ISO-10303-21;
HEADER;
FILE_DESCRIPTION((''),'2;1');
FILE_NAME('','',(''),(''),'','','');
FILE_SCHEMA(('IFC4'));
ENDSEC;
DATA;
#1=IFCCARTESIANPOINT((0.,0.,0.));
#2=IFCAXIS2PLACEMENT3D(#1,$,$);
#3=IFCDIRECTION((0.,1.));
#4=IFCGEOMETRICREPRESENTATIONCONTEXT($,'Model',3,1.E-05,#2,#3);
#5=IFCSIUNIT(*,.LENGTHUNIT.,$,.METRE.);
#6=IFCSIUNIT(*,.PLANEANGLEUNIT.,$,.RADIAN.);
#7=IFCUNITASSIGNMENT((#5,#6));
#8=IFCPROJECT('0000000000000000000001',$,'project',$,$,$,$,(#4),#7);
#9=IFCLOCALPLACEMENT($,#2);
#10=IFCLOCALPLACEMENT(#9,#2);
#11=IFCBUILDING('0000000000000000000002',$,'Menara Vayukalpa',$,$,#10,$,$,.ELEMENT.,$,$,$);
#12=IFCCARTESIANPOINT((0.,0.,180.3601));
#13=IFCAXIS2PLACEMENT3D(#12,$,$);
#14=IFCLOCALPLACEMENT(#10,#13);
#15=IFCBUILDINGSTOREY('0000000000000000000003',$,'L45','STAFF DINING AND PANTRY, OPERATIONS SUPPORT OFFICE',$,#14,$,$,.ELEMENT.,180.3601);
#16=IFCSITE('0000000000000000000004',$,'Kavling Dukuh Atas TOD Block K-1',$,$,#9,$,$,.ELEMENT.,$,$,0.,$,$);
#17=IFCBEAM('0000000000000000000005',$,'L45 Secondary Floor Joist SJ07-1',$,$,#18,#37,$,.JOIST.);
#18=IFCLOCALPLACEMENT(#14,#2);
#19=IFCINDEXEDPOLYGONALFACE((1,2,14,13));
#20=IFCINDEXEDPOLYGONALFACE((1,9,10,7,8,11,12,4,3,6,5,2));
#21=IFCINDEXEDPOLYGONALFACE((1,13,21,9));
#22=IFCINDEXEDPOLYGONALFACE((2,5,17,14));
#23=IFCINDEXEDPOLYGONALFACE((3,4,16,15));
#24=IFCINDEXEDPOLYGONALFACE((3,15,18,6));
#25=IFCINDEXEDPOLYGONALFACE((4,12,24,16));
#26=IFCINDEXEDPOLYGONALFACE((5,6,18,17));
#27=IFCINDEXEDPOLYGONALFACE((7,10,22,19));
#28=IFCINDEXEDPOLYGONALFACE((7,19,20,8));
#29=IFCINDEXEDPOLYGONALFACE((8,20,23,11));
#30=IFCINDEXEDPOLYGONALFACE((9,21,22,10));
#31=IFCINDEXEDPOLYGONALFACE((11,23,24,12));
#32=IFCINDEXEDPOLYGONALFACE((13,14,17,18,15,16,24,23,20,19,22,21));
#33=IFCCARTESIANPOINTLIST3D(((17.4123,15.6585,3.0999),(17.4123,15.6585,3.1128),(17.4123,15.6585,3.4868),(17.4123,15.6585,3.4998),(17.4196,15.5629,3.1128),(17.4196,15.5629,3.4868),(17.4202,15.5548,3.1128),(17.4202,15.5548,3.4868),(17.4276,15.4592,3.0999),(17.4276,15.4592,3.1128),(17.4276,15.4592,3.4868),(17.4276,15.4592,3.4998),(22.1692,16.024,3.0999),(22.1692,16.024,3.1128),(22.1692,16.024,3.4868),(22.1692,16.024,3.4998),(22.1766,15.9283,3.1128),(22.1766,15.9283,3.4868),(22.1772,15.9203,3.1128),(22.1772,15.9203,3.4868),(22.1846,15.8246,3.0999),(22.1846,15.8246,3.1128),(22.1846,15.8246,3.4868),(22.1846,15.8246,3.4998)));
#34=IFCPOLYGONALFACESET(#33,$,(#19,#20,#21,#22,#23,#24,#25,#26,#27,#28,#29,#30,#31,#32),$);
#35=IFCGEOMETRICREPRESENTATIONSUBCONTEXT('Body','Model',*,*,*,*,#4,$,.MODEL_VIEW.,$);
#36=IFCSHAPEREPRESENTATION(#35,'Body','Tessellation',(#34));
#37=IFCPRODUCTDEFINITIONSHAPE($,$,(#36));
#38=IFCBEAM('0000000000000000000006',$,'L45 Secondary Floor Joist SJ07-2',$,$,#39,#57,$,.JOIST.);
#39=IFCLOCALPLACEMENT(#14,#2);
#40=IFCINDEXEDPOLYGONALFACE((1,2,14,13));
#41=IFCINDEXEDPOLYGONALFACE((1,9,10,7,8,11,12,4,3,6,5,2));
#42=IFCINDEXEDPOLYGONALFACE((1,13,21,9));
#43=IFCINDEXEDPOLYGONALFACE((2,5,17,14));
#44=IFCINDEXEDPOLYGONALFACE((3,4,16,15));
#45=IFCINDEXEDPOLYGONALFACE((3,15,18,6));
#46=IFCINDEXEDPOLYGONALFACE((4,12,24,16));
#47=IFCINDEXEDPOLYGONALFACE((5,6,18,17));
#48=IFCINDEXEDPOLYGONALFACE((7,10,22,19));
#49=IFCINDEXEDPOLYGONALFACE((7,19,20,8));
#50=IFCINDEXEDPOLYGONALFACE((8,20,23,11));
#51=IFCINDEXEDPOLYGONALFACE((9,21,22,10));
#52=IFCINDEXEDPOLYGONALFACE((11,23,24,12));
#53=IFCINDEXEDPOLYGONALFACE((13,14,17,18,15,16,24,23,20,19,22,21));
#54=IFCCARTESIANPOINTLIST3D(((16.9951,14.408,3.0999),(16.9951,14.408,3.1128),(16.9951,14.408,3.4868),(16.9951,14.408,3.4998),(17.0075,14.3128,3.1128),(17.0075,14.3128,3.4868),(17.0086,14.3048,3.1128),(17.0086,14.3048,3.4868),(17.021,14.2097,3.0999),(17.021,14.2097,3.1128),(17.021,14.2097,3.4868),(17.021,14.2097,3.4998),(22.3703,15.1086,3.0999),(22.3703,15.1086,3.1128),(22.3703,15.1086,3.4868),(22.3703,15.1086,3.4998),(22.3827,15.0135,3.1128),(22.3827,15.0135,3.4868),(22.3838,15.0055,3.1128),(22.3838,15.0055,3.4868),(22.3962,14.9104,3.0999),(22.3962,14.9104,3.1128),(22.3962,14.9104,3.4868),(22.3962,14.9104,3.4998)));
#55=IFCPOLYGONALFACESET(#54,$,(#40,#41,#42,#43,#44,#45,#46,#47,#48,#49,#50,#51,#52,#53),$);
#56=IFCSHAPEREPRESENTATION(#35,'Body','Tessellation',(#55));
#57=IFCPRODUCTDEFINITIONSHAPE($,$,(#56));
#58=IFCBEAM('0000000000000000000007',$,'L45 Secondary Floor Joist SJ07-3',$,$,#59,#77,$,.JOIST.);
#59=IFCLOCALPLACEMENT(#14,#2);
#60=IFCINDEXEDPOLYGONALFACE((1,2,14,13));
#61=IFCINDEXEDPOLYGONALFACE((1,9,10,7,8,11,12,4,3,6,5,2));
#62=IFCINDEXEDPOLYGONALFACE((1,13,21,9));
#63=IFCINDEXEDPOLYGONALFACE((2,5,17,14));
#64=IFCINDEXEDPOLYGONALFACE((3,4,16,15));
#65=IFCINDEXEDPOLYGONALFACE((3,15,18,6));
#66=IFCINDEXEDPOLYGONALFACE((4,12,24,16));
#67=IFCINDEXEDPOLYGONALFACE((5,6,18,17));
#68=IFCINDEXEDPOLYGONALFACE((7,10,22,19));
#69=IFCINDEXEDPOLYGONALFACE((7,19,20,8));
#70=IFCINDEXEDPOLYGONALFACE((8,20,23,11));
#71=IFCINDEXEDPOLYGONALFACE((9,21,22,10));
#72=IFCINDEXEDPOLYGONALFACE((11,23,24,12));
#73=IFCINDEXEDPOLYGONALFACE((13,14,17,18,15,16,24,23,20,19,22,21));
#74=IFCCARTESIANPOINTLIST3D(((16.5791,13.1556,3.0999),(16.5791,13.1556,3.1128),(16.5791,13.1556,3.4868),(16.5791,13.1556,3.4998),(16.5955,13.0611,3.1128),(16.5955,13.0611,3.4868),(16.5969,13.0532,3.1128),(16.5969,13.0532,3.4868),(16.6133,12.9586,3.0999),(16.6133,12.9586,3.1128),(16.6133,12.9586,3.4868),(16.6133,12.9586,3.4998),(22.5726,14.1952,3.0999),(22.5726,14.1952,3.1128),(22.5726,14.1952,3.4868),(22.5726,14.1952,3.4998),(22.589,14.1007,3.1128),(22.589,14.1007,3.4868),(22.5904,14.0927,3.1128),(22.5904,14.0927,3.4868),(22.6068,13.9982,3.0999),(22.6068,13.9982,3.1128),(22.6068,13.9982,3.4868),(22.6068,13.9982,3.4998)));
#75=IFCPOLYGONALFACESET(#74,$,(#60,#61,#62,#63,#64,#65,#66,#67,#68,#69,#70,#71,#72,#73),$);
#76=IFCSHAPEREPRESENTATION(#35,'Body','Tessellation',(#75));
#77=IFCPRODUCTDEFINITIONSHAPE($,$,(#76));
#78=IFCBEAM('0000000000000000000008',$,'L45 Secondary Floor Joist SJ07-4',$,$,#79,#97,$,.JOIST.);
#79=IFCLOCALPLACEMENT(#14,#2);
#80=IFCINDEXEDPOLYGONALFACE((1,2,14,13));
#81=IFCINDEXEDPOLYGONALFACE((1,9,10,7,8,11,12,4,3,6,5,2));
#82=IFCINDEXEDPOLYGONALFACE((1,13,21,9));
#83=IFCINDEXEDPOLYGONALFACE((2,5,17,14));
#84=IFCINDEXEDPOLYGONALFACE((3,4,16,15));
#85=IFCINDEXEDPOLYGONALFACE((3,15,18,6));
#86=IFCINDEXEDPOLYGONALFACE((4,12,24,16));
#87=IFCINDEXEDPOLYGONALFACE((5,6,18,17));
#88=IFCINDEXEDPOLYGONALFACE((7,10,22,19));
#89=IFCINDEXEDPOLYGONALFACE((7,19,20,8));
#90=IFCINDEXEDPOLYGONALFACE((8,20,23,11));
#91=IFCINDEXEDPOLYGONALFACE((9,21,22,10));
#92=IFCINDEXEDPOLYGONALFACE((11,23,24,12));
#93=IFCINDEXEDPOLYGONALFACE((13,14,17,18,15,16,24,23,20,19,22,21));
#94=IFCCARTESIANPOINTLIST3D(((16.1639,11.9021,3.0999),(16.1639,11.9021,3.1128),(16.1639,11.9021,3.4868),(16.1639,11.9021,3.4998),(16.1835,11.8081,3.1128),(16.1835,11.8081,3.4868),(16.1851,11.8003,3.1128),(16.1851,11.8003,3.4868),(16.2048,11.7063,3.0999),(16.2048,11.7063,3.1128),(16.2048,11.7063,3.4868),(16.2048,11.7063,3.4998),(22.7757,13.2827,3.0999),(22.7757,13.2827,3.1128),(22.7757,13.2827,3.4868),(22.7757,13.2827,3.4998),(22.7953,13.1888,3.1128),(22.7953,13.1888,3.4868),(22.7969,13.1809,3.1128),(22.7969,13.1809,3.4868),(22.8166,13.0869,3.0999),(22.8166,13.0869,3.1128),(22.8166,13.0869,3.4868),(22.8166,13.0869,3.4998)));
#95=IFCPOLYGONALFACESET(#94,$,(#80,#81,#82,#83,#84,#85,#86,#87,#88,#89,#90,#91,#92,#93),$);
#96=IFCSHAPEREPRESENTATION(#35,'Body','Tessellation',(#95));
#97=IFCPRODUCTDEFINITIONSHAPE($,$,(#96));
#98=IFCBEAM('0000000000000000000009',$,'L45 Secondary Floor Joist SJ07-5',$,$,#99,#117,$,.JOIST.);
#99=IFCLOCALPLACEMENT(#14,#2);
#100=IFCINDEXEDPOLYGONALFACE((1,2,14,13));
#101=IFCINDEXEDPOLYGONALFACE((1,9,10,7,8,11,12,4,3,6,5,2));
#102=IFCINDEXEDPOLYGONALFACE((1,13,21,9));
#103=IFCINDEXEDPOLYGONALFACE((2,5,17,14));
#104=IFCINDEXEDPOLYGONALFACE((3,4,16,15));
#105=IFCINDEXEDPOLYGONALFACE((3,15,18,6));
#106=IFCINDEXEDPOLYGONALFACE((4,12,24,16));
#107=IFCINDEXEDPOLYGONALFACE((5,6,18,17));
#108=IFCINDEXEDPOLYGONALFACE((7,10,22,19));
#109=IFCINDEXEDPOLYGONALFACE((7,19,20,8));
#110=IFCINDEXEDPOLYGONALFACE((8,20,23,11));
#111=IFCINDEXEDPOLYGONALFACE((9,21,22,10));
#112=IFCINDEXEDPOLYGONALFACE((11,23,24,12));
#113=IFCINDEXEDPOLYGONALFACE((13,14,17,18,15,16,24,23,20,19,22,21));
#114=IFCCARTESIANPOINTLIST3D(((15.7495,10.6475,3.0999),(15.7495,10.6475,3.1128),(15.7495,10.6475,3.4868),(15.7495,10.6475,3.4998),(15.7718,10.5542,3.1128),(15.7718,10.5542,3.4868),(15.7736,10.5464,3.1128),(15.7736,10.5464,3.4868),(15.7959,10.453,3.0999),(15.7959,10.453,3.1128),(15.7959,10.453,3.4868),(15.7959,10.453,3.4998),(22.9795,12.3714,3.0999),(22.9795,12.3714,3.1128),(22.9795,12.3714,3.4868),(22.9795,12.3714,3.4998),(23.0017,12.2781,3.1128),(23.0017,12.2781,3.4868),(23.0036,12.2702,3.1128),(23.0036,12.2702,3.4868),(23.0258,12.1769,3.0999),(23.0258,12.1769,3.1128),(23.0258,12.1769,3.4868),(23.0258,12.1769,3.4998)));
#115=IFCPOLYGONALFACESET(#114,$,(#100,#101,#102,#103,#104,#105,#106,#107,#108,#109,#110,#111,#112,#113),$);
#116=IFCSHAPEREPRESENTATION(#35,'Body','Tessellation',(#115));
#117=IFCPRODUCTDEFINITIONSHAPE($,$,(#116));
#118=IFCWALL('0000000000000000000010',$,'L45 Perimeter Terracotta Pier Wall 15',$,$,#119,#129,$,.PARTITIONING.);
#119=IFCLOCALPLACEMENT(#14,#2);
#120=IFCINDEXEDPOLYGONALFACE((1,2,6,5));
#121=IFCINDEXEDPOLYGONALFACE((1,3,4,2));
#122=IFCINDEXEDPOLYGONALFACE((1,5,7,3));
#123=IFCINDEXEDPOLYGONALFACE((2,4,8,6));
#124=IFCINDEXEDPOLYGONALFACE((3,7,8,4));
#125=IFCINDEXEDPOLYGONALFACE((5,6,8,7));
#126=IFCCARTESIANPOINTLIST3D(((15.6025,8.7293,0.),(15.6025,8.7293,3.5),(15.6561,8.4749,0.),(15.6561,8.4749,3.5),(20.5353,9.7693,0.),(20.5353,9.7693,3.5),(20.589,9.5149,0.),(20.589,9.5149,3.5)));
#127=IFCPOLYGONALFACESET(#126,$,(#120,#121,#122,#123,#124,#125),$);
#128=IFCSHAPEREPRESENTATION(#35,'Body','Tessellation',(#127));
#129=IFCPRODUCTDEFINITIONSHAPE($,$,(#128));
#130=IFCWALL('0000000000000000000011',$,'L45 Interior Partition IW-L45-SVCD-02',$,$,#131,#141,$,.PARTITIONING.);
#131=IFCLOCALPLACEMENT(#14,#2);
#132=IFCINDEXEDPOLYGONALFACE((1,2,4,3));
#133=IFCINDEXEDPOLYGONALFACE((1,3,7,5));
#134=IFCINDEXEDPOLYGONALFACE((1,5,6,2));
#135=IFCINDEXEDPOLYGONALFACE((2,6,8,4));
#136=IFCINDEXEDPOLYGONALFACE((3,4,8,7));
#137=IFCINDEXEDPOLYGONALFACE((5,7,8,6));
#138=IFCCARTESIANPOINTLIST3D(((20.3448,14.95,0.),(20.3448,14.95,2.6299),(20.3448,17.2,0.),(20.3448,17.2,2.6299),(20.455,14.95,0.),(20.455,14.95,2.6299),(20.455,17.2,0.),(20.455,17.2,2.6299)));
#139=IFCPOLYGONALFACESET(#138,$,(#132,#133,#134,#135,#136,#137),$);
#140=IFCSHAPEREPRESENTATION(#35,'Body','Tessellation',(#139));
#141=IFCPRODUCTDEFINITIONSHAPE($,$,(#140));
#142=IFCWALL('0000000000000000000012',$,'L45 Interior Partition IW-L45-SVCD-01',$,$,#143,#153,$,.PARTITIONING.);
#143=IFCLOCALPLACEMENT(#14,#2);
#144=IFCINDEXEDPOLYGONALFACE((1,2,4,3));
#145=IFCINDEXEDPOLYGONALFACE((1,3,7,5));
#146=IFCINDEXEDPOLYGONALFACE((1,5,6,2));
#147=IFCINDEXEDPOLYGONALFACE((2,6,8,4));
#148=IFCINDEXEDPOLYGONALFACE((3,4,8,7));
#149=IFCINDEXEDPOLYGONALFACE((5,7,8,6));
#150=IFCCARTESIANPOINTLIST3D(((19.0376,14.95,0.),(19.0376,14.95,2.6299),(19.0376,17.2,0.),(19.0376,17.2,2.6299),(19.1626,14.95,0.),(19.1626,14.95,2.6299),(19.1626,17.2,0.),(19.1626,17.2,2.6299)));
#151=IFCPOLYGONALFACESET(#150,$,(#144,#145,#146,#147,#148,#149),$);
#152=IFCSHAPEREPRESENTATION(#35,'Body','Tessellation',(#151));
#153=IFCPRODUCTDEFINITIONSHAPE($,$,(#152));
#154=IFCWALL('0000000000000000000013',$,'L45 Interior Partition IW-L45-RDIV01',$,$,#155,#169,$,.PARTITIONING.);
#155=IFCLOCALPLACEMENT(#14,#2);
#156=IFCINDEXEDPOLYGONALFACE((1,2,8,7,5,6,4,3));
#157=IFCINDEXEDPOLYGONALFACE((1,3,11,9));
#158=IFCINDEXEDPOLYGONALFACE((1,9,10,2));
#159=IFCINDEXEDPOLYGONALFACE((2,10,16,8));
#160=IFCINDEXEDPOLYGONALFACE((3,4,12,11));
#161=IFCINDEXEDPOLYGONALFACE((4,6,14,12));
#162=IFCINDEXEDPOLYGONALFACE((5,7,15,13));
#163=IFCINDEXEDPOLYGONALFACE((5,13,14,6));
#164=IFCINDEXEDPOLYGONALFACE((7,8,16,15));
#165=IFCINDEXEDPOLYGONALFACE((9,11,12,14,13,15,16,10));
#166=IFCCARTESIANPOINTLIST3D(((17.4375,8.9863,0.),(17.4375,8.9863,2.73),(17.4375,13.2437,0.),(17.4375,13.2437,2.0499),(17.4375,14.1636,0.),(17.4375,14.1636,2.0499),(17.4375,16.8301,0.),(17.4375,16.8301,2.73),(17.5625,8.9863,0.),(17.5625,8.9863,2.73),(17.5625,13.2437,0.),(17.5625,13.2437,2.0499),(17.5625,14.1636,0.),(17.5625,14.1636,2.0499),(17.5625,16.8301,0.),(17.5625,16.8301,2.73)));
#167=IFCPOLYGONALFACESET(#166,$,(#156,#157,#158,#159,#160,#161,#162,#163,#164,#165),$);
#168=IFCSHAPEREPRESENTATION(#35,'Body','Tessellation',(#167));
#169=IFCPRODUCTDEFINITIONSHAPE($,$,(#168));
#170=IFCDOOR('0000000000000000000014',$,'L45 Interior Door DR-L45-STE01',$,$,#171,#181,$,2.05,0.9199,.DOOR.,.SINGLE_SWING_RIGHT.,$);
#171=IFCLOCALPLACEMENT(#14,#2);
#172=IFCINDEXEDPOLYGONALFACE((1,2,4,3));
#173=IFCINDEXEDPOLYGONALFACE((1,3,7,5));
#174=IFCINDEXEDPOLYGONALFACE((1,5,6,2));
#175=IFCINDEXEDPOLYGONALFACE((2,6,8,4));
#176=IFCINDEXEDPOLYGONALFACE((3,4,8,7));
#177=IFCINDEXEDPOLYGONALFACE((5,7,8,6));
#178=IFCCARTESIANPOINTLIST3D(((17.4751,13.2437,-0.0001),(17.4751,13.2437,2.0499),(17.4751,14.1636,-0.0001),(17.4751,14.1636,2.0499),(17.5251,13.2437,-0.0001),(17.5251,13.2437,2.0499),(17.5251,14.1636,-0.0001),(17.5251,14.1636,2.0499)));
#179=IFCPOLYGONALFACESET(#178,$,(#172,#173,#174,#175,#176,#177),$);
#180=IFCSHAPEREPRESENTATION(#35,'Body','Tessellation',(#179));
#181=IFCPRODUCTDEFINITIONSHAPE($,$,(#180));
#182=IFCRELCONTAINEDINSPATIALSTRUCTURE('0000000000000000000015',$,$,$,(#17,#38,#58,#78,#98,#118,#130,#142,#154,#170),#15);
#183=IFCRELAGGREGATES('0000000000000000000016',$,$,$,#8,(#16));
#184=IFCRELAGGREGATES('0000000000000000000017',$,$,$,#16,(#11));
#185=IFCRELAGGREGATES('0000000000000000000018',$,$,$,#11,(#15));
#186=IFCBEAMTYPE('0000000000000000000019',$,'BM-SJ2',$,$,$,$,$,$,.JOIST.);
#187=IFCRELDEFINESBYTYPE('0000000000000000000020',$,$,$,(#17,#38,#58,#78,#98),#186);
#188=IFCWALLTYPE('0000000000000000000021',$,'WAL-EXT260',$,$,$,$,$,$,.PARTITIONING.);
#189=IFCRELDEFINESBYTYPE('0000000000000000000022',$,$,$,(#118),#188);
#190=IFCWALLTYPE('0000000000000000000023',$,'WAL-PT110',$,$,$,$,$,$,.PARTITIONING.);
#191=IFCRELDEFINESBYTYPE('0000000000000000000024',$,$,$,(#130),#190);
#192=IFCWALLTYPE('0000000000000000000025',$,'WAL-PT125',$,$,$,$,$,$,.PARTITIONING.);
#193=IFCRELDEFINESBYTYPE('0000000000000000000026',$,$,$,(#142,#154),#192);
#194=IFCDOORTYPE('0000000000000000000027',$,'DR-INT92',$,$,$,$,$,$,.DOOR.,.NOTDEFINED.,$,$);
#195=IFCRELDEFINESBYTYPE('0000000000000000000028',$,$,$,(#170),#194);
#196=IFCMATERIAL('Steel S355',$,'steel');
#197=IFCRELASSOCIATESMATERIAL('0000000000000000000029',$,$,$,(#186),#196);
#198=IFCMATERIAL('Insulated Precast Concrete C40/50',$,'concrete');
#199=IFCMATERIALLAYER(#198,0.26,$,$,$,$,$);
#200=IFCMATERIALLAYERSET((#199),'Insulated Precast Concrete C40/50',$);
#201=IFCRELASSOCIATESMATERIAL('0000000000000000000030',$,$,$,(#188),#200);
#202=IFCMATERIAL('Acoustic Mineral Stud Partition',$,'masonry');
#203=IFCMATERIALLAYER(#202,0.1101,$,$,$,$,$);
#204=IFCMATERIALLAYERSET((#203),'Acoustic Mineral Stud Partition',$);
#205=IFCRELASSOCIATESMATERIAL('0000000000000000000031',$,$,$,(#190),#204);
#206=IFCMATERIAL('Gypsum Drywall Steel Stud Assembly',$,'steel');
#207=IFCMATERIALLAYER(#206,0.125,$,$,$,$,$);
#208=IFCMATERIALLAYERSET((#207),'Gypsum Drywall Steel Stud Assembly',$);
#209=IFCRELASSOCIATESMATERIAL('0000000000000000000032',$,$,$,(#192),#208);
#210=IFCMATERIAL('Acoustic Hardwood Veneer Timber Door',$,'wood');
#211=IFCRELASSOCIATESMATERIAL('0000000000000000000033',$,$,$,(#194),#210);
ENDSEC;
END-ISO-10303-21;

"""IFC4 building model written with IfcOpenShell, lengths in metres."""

from ifc_helpers import new_model, si_unit, direction, frame, frame_2d, origin, origin_2d, place, context, subcontext, project, spatial, rectangle, i_section, extrude, material, layer, layer_set, material_profile, profile_set, type_object, element, fill, save


model = new_model("IFC4")

# Units and contexts
model_context = context("Model", 3, precision=1e-05, world=origin(), true_north=direction((0.0, 1.0)))
body_context = subcontext(model_context, "Body", "Model", "MODEL_VIEW")
ifc_project = project(units=[si_unit("LENGTHUNIT", "METRE"), si_unit("PLANEANGLEUNIT", "RADIAN")], contexts=[model_context])

# Site, building, storey
site_placement = place(None, origin())
site = spatial("IfcSite", under=ifc_project, at=site_placement, Name="Kavling Dukuh Atas TOD Block K-1", CompositionType="ELEMENT", RefElevation=0.0)
building_placement = place(site_placement, origin())
building = spatial("IfcBuilding", under=site, at=building_placement, Name="Menara Vayukalpa", CompositionType="ELEMENT")
storey_placement = place(building_placement, frame((0.0, 0.0, 180.3601)))
storey = spatial("IfcBuildingStorey", under=building, at=storey_placement, Name="L45", Description="STAFF DINING AND PANTRY, OPERATIONS SUPPORT OFFICE", CompositionType="ELEMENT", Elevation=180.3601)

# Beams
ifc_material_1 = material(Name="Steel S355", Category="steel")
ifc_material_profile = material_profile(ifc_material_1, i_section(OverallWidth=0.2, OverallDepth=0.3999, WebThickness=0.0081, FlangeThickness=0.0129, at=origin_2d()), Name="WF 400x200x8x13")
ifc_profile_set = profile_set([ifc_material_profile], Name="Steel S355")
beam_type = type_object("IfcBeamType", Name="BM-SJ2", PredefinedType="JOIST", material=ifc_profile_set)
beam_1_placement = place(storey_placement, frame((17.4199, 15.5588, 3.2998), z_axis=(0.997062, 0.076603, 0.0), x_axis=(-0.076603, 0.997062, 0.0)))
element("IfcBeam", 1, at=beam_1_placement, inside=storey, type_object=beam_type, Name="L45 Secondary Floor Joist SJ07-1", PredefinedType="JOIST", context=body_context, shape_type="SweptSolid", body=[
    extrude(i_section(OverallWidth=0.2, OverallDepth=0.3999, WebThickness=0.0081, FlangeThickness=0.0129, at=origin_2d()), origin(), (0.0, 0.0, 1.0), 4.771),
])
beam_2_placement = place(storey_placement, frame((17.0081, 14.3088, 3.2998), z_axis=(0.991611, 0.12926, 0.0), x_axis=(-0.12926, 0.991611, 0.0)))
element("IfcBeam", 2, at=beam_2_placement, inside=storey, type_object=beam_type, Name="L45 Secondary Floor Joist SJ07-2", PredefinedType="JOIST", context=body_context, shape_type="SweptSolid", body=[
    extrude(i_section(OverallWidth=0.2, OverallDepth=0.3999, WebThickness=0.0081, FlangeThickness=0.0129, at=origin_2d()), origin(), (0.0, 0.0, 1.0), 5.4207),
])
beam_3_placement = place(storey_placement, frame((16.5962, 13.0571, 3.2998), z_axis=(0.985289, 0.170897, 0.0), x_axis=(-0.170897, 0.985289, 0.0)))
element("IfcBeam", 3, at=beam_3_placement, inside=storey, type_object=beam_type, Name="L45 Secondary Floor Joist SJ07-3", PredefinedType="JOIST", context=body_context, shape_type="SweptSolid", body=[
    extrude(i_section(OverallWidth=0.2, OverallDepth=0.3999, WebThickness=0.0081, FlangeThickness=0.0129, at=origin_2d()), origin(), (0.0, 0.0, 1.0), 6.083),
])
beam_4_placement = place(storey_placement, frame((16.1843, 11.8042, 3.2998), z_axis=(0.978887, 0.204402, 0.0), x_axis=(-0.204402, 0.978887, 0.0)))
element("IfcBeam", 4, at=beam_4_placement, inside=storey, type_object=beam_type, Name="L45 Secondary Floor Joist SJ07-4", PredefinedType="JOIST", context=body_context, shape_type="SweptSolid", body=[
    extrude(i_section(OverallWidth=0.2, OverallDepth=0.3999, WebThickness=0.0081, FlangeThickness=0.0129, at=origin_2d()), origin(), (0.0, 0.0, 1.0), 6.7544),
])
beam_5_placement = place(storey_placement, frame((15.7727, 10.5503, 3.2998), z_axis=(0.972732, 0.231933, 0.0), x_axis=(-0.231933, 0.972732, 0.0)))
element("IfcBeam", 5, at=beam_5_placement, inside=storey, type_object=beam_type, Name="L45 Secondary Floor Joist SJ07-5", PredefinedType="JOIST", context=body_context, shape_type="SweptSolid", body=[
    extrude(i_section(OverallWidth=0.2, OverallDepth=0.3999, WebThickness=0.0081, FlangeThickness=0.0129, at=origin_2d()), origin(), (0.0, 0.0, 1.0), 7.4326),
])

# Walls
ifc_material_2 = material(Name="Insulated Precast Concrete C40/50", Category="concrete")
ifc_layer_1 = layer(ifc_material_2, 0.26)
ifc_layer_set_1 = layer_set([ifc_layer_1], Name="Insulated Precast Concrete C40/50")
wall_type_1 = type_object("IfcWallType", Name="WAL-EXT260", PredefinedType="PARTITIONING", material=ifc_layer_set_1)
wall_1_placement = place(storey_placement, frame((20.562, 9.6421, 0.0), z_axis=(0.0, 0.0, 1.0), x_axis=(-0.978488, -0.206303, 0.0)))
element("IfcWall", 6, at=wall_1_placement, inside=storey, type_object=wall_type_1, Name="L45 Perimeter Terracotta Pier Wall 15", PredefinedType="PARTITIONING", context=body_context, shape_type="SweptSolid", body=[
    extrude(rectangle(XDim=5.0413, YDim=0.26, at=frame_2d((2.5205, 0.0))), origin(), (0.0, 0.0, 1.0), 3.5),
])
ifc_material_3 = material(Name="Acoustic Mineral Stud Partition", Category="masonry")
ifc_layer_2 = layer(ifc_material_3, 0.1101)
ifc_layer_set_2 = layer_set([ifc_layer_2], Name="Acoustic Mineral Stud Partition")
wall_type_2 = type_object("IfcWallType", Name="WAL-PT110", PredefinedType="PARTITIONING", material=ifc_layer_set_2)
wall_2_placement = place(storey_placement, frame((20.3999, 14.95, 0.0), z_axis=(0.0, 0.0, 1.0), x_axis=(0.0, 1.0, 0.0)))
element("IfcWall", 7, at=wall_2_placement, inside=storey, type_object=wall_type_2, Name="L45 Interior Partition IW-L45-SVCD-02", PredefinedType="PARTITIONING", context=body_context, shape_type="SweptSolid", body=[
    extrude(rectangle(XDim=2.25, YDim=0.1101, at=frame_2d((1.125, 0.0))), origin(), (0.0, 0.0, 1.0), 2.6299),
])
ifc_material_4 = material(Name="Gypsum Drywall Steel Stud Assembly", Category="steel")
ifc_layer_3 = layer(ifc_material_4, 0.125)
ifc_layer_set_3 = layer_set([ifc_layer_3], Name="Gypsum Drywall Steel Stud Assembly")
wall_type_3 = type_object("IfcWallType", Name="WAL-PT125", PredefinedType="PARTITIONING", material=ifc_layer_set_3)
wall_3_placement = place(storey_placement, frame((19.1001, 14.95, 0.0), z_axis=(0.0, 0.0, 1.0), x_axis=(0.0, 1.0, 0.0)))
element("IfcWall", 8, at=wall_3_placement, inside=storey, type_object=wall_type_3, Name="L45 Interior Partition IW-L45-SVCD-01", PredefinedType="PARTITIONING", context=body_context, shape_type="SweptSolid", body=[
    extrude(rectangle(XDim=2.25, YDim=0.125, at=frame_2d((1.125, 0.0))), origin(), (0.0, 0.0, 1.0), 2.6299),
])

# Wall, opening, door
wall_4_placement = place(storey_placement, frame((17.5, 8.9863, 0.0), z_axis=(0.0, 0.0, 1.0), x_axis=(0.0, 1.0, 0.0)))
wall_4 = element("IfcWall", 9, at=wall_4_placement, inside=storey, type_object=wall_type_3, Name="L45 Interior Partition IW-L45-RDIV01", PredefinedType="PARTITIONING", context=body_context, shape_type="SweptSolid", body=[
    extrude(rectangle(XDim=7.8438, YDim=0.125, at=frame_2d((3.9219, 0.0))), origin(), (0.0, 0.0, 1.0), 2.73),
])
opening_1_placement = place(wall_4_placement, frame((4.2573, 0.0, 0.0)))
opening_1 = element("IfcOpeningElement", 10, at=opening_1_placement, cuts=wall_4, PredefinedType="OPENING", context=body_context, shape_type="SweptSolid", body=[
    extrude(rectangle(XDim=0.9199, YDim=2.05, at=frame_2d((0.46, 1.0249))), frame((0.0, 0.0725, 0.0), z_axis=(0.0, -1.0, 0.0), x_axis=(1.0, 0.0, 0.0)), (0.0, 0.0, 1.0), 0.145),
])
ifc_material_5 = material(Name="Acoustic Hardwood Veneer Timber Door", Category="wood")
door_type_1 = type_object("IfcDoorType", Name="DR-INT92", OperationType="NOTDEFINED", PredefinedType="DOOR", material=ifc_material_5)
door_1_placement = place(opening_1_placement, origin())
door_1 = element("IfcDoor", 11, at=door_1_placement, inside=storey, type_object=door_type_1, Name="L45 Interior Door DR-L45-STE01", OperationType="SINGLE_SWING_RIGHT", OverallHeight=2.05, OverallWidth=0.9199, PredefinedType="DOOR", context=body_context, shape_type="SweptSolid", body=[
    extrude(rectangle(XDim=0.9199, YDim=2.05, at=frame_2d((0.46, 1.0249))), frame((0.0, 0.0249, 0.0), z_axis=(0.0, -1.0, 0.0), x_axis=(1.0, 0.0, 0.0)), (0.0, 0.0, 1.0), 0.05),
])
fill(opening_1, door_1)

save(model, "model.ifc")
